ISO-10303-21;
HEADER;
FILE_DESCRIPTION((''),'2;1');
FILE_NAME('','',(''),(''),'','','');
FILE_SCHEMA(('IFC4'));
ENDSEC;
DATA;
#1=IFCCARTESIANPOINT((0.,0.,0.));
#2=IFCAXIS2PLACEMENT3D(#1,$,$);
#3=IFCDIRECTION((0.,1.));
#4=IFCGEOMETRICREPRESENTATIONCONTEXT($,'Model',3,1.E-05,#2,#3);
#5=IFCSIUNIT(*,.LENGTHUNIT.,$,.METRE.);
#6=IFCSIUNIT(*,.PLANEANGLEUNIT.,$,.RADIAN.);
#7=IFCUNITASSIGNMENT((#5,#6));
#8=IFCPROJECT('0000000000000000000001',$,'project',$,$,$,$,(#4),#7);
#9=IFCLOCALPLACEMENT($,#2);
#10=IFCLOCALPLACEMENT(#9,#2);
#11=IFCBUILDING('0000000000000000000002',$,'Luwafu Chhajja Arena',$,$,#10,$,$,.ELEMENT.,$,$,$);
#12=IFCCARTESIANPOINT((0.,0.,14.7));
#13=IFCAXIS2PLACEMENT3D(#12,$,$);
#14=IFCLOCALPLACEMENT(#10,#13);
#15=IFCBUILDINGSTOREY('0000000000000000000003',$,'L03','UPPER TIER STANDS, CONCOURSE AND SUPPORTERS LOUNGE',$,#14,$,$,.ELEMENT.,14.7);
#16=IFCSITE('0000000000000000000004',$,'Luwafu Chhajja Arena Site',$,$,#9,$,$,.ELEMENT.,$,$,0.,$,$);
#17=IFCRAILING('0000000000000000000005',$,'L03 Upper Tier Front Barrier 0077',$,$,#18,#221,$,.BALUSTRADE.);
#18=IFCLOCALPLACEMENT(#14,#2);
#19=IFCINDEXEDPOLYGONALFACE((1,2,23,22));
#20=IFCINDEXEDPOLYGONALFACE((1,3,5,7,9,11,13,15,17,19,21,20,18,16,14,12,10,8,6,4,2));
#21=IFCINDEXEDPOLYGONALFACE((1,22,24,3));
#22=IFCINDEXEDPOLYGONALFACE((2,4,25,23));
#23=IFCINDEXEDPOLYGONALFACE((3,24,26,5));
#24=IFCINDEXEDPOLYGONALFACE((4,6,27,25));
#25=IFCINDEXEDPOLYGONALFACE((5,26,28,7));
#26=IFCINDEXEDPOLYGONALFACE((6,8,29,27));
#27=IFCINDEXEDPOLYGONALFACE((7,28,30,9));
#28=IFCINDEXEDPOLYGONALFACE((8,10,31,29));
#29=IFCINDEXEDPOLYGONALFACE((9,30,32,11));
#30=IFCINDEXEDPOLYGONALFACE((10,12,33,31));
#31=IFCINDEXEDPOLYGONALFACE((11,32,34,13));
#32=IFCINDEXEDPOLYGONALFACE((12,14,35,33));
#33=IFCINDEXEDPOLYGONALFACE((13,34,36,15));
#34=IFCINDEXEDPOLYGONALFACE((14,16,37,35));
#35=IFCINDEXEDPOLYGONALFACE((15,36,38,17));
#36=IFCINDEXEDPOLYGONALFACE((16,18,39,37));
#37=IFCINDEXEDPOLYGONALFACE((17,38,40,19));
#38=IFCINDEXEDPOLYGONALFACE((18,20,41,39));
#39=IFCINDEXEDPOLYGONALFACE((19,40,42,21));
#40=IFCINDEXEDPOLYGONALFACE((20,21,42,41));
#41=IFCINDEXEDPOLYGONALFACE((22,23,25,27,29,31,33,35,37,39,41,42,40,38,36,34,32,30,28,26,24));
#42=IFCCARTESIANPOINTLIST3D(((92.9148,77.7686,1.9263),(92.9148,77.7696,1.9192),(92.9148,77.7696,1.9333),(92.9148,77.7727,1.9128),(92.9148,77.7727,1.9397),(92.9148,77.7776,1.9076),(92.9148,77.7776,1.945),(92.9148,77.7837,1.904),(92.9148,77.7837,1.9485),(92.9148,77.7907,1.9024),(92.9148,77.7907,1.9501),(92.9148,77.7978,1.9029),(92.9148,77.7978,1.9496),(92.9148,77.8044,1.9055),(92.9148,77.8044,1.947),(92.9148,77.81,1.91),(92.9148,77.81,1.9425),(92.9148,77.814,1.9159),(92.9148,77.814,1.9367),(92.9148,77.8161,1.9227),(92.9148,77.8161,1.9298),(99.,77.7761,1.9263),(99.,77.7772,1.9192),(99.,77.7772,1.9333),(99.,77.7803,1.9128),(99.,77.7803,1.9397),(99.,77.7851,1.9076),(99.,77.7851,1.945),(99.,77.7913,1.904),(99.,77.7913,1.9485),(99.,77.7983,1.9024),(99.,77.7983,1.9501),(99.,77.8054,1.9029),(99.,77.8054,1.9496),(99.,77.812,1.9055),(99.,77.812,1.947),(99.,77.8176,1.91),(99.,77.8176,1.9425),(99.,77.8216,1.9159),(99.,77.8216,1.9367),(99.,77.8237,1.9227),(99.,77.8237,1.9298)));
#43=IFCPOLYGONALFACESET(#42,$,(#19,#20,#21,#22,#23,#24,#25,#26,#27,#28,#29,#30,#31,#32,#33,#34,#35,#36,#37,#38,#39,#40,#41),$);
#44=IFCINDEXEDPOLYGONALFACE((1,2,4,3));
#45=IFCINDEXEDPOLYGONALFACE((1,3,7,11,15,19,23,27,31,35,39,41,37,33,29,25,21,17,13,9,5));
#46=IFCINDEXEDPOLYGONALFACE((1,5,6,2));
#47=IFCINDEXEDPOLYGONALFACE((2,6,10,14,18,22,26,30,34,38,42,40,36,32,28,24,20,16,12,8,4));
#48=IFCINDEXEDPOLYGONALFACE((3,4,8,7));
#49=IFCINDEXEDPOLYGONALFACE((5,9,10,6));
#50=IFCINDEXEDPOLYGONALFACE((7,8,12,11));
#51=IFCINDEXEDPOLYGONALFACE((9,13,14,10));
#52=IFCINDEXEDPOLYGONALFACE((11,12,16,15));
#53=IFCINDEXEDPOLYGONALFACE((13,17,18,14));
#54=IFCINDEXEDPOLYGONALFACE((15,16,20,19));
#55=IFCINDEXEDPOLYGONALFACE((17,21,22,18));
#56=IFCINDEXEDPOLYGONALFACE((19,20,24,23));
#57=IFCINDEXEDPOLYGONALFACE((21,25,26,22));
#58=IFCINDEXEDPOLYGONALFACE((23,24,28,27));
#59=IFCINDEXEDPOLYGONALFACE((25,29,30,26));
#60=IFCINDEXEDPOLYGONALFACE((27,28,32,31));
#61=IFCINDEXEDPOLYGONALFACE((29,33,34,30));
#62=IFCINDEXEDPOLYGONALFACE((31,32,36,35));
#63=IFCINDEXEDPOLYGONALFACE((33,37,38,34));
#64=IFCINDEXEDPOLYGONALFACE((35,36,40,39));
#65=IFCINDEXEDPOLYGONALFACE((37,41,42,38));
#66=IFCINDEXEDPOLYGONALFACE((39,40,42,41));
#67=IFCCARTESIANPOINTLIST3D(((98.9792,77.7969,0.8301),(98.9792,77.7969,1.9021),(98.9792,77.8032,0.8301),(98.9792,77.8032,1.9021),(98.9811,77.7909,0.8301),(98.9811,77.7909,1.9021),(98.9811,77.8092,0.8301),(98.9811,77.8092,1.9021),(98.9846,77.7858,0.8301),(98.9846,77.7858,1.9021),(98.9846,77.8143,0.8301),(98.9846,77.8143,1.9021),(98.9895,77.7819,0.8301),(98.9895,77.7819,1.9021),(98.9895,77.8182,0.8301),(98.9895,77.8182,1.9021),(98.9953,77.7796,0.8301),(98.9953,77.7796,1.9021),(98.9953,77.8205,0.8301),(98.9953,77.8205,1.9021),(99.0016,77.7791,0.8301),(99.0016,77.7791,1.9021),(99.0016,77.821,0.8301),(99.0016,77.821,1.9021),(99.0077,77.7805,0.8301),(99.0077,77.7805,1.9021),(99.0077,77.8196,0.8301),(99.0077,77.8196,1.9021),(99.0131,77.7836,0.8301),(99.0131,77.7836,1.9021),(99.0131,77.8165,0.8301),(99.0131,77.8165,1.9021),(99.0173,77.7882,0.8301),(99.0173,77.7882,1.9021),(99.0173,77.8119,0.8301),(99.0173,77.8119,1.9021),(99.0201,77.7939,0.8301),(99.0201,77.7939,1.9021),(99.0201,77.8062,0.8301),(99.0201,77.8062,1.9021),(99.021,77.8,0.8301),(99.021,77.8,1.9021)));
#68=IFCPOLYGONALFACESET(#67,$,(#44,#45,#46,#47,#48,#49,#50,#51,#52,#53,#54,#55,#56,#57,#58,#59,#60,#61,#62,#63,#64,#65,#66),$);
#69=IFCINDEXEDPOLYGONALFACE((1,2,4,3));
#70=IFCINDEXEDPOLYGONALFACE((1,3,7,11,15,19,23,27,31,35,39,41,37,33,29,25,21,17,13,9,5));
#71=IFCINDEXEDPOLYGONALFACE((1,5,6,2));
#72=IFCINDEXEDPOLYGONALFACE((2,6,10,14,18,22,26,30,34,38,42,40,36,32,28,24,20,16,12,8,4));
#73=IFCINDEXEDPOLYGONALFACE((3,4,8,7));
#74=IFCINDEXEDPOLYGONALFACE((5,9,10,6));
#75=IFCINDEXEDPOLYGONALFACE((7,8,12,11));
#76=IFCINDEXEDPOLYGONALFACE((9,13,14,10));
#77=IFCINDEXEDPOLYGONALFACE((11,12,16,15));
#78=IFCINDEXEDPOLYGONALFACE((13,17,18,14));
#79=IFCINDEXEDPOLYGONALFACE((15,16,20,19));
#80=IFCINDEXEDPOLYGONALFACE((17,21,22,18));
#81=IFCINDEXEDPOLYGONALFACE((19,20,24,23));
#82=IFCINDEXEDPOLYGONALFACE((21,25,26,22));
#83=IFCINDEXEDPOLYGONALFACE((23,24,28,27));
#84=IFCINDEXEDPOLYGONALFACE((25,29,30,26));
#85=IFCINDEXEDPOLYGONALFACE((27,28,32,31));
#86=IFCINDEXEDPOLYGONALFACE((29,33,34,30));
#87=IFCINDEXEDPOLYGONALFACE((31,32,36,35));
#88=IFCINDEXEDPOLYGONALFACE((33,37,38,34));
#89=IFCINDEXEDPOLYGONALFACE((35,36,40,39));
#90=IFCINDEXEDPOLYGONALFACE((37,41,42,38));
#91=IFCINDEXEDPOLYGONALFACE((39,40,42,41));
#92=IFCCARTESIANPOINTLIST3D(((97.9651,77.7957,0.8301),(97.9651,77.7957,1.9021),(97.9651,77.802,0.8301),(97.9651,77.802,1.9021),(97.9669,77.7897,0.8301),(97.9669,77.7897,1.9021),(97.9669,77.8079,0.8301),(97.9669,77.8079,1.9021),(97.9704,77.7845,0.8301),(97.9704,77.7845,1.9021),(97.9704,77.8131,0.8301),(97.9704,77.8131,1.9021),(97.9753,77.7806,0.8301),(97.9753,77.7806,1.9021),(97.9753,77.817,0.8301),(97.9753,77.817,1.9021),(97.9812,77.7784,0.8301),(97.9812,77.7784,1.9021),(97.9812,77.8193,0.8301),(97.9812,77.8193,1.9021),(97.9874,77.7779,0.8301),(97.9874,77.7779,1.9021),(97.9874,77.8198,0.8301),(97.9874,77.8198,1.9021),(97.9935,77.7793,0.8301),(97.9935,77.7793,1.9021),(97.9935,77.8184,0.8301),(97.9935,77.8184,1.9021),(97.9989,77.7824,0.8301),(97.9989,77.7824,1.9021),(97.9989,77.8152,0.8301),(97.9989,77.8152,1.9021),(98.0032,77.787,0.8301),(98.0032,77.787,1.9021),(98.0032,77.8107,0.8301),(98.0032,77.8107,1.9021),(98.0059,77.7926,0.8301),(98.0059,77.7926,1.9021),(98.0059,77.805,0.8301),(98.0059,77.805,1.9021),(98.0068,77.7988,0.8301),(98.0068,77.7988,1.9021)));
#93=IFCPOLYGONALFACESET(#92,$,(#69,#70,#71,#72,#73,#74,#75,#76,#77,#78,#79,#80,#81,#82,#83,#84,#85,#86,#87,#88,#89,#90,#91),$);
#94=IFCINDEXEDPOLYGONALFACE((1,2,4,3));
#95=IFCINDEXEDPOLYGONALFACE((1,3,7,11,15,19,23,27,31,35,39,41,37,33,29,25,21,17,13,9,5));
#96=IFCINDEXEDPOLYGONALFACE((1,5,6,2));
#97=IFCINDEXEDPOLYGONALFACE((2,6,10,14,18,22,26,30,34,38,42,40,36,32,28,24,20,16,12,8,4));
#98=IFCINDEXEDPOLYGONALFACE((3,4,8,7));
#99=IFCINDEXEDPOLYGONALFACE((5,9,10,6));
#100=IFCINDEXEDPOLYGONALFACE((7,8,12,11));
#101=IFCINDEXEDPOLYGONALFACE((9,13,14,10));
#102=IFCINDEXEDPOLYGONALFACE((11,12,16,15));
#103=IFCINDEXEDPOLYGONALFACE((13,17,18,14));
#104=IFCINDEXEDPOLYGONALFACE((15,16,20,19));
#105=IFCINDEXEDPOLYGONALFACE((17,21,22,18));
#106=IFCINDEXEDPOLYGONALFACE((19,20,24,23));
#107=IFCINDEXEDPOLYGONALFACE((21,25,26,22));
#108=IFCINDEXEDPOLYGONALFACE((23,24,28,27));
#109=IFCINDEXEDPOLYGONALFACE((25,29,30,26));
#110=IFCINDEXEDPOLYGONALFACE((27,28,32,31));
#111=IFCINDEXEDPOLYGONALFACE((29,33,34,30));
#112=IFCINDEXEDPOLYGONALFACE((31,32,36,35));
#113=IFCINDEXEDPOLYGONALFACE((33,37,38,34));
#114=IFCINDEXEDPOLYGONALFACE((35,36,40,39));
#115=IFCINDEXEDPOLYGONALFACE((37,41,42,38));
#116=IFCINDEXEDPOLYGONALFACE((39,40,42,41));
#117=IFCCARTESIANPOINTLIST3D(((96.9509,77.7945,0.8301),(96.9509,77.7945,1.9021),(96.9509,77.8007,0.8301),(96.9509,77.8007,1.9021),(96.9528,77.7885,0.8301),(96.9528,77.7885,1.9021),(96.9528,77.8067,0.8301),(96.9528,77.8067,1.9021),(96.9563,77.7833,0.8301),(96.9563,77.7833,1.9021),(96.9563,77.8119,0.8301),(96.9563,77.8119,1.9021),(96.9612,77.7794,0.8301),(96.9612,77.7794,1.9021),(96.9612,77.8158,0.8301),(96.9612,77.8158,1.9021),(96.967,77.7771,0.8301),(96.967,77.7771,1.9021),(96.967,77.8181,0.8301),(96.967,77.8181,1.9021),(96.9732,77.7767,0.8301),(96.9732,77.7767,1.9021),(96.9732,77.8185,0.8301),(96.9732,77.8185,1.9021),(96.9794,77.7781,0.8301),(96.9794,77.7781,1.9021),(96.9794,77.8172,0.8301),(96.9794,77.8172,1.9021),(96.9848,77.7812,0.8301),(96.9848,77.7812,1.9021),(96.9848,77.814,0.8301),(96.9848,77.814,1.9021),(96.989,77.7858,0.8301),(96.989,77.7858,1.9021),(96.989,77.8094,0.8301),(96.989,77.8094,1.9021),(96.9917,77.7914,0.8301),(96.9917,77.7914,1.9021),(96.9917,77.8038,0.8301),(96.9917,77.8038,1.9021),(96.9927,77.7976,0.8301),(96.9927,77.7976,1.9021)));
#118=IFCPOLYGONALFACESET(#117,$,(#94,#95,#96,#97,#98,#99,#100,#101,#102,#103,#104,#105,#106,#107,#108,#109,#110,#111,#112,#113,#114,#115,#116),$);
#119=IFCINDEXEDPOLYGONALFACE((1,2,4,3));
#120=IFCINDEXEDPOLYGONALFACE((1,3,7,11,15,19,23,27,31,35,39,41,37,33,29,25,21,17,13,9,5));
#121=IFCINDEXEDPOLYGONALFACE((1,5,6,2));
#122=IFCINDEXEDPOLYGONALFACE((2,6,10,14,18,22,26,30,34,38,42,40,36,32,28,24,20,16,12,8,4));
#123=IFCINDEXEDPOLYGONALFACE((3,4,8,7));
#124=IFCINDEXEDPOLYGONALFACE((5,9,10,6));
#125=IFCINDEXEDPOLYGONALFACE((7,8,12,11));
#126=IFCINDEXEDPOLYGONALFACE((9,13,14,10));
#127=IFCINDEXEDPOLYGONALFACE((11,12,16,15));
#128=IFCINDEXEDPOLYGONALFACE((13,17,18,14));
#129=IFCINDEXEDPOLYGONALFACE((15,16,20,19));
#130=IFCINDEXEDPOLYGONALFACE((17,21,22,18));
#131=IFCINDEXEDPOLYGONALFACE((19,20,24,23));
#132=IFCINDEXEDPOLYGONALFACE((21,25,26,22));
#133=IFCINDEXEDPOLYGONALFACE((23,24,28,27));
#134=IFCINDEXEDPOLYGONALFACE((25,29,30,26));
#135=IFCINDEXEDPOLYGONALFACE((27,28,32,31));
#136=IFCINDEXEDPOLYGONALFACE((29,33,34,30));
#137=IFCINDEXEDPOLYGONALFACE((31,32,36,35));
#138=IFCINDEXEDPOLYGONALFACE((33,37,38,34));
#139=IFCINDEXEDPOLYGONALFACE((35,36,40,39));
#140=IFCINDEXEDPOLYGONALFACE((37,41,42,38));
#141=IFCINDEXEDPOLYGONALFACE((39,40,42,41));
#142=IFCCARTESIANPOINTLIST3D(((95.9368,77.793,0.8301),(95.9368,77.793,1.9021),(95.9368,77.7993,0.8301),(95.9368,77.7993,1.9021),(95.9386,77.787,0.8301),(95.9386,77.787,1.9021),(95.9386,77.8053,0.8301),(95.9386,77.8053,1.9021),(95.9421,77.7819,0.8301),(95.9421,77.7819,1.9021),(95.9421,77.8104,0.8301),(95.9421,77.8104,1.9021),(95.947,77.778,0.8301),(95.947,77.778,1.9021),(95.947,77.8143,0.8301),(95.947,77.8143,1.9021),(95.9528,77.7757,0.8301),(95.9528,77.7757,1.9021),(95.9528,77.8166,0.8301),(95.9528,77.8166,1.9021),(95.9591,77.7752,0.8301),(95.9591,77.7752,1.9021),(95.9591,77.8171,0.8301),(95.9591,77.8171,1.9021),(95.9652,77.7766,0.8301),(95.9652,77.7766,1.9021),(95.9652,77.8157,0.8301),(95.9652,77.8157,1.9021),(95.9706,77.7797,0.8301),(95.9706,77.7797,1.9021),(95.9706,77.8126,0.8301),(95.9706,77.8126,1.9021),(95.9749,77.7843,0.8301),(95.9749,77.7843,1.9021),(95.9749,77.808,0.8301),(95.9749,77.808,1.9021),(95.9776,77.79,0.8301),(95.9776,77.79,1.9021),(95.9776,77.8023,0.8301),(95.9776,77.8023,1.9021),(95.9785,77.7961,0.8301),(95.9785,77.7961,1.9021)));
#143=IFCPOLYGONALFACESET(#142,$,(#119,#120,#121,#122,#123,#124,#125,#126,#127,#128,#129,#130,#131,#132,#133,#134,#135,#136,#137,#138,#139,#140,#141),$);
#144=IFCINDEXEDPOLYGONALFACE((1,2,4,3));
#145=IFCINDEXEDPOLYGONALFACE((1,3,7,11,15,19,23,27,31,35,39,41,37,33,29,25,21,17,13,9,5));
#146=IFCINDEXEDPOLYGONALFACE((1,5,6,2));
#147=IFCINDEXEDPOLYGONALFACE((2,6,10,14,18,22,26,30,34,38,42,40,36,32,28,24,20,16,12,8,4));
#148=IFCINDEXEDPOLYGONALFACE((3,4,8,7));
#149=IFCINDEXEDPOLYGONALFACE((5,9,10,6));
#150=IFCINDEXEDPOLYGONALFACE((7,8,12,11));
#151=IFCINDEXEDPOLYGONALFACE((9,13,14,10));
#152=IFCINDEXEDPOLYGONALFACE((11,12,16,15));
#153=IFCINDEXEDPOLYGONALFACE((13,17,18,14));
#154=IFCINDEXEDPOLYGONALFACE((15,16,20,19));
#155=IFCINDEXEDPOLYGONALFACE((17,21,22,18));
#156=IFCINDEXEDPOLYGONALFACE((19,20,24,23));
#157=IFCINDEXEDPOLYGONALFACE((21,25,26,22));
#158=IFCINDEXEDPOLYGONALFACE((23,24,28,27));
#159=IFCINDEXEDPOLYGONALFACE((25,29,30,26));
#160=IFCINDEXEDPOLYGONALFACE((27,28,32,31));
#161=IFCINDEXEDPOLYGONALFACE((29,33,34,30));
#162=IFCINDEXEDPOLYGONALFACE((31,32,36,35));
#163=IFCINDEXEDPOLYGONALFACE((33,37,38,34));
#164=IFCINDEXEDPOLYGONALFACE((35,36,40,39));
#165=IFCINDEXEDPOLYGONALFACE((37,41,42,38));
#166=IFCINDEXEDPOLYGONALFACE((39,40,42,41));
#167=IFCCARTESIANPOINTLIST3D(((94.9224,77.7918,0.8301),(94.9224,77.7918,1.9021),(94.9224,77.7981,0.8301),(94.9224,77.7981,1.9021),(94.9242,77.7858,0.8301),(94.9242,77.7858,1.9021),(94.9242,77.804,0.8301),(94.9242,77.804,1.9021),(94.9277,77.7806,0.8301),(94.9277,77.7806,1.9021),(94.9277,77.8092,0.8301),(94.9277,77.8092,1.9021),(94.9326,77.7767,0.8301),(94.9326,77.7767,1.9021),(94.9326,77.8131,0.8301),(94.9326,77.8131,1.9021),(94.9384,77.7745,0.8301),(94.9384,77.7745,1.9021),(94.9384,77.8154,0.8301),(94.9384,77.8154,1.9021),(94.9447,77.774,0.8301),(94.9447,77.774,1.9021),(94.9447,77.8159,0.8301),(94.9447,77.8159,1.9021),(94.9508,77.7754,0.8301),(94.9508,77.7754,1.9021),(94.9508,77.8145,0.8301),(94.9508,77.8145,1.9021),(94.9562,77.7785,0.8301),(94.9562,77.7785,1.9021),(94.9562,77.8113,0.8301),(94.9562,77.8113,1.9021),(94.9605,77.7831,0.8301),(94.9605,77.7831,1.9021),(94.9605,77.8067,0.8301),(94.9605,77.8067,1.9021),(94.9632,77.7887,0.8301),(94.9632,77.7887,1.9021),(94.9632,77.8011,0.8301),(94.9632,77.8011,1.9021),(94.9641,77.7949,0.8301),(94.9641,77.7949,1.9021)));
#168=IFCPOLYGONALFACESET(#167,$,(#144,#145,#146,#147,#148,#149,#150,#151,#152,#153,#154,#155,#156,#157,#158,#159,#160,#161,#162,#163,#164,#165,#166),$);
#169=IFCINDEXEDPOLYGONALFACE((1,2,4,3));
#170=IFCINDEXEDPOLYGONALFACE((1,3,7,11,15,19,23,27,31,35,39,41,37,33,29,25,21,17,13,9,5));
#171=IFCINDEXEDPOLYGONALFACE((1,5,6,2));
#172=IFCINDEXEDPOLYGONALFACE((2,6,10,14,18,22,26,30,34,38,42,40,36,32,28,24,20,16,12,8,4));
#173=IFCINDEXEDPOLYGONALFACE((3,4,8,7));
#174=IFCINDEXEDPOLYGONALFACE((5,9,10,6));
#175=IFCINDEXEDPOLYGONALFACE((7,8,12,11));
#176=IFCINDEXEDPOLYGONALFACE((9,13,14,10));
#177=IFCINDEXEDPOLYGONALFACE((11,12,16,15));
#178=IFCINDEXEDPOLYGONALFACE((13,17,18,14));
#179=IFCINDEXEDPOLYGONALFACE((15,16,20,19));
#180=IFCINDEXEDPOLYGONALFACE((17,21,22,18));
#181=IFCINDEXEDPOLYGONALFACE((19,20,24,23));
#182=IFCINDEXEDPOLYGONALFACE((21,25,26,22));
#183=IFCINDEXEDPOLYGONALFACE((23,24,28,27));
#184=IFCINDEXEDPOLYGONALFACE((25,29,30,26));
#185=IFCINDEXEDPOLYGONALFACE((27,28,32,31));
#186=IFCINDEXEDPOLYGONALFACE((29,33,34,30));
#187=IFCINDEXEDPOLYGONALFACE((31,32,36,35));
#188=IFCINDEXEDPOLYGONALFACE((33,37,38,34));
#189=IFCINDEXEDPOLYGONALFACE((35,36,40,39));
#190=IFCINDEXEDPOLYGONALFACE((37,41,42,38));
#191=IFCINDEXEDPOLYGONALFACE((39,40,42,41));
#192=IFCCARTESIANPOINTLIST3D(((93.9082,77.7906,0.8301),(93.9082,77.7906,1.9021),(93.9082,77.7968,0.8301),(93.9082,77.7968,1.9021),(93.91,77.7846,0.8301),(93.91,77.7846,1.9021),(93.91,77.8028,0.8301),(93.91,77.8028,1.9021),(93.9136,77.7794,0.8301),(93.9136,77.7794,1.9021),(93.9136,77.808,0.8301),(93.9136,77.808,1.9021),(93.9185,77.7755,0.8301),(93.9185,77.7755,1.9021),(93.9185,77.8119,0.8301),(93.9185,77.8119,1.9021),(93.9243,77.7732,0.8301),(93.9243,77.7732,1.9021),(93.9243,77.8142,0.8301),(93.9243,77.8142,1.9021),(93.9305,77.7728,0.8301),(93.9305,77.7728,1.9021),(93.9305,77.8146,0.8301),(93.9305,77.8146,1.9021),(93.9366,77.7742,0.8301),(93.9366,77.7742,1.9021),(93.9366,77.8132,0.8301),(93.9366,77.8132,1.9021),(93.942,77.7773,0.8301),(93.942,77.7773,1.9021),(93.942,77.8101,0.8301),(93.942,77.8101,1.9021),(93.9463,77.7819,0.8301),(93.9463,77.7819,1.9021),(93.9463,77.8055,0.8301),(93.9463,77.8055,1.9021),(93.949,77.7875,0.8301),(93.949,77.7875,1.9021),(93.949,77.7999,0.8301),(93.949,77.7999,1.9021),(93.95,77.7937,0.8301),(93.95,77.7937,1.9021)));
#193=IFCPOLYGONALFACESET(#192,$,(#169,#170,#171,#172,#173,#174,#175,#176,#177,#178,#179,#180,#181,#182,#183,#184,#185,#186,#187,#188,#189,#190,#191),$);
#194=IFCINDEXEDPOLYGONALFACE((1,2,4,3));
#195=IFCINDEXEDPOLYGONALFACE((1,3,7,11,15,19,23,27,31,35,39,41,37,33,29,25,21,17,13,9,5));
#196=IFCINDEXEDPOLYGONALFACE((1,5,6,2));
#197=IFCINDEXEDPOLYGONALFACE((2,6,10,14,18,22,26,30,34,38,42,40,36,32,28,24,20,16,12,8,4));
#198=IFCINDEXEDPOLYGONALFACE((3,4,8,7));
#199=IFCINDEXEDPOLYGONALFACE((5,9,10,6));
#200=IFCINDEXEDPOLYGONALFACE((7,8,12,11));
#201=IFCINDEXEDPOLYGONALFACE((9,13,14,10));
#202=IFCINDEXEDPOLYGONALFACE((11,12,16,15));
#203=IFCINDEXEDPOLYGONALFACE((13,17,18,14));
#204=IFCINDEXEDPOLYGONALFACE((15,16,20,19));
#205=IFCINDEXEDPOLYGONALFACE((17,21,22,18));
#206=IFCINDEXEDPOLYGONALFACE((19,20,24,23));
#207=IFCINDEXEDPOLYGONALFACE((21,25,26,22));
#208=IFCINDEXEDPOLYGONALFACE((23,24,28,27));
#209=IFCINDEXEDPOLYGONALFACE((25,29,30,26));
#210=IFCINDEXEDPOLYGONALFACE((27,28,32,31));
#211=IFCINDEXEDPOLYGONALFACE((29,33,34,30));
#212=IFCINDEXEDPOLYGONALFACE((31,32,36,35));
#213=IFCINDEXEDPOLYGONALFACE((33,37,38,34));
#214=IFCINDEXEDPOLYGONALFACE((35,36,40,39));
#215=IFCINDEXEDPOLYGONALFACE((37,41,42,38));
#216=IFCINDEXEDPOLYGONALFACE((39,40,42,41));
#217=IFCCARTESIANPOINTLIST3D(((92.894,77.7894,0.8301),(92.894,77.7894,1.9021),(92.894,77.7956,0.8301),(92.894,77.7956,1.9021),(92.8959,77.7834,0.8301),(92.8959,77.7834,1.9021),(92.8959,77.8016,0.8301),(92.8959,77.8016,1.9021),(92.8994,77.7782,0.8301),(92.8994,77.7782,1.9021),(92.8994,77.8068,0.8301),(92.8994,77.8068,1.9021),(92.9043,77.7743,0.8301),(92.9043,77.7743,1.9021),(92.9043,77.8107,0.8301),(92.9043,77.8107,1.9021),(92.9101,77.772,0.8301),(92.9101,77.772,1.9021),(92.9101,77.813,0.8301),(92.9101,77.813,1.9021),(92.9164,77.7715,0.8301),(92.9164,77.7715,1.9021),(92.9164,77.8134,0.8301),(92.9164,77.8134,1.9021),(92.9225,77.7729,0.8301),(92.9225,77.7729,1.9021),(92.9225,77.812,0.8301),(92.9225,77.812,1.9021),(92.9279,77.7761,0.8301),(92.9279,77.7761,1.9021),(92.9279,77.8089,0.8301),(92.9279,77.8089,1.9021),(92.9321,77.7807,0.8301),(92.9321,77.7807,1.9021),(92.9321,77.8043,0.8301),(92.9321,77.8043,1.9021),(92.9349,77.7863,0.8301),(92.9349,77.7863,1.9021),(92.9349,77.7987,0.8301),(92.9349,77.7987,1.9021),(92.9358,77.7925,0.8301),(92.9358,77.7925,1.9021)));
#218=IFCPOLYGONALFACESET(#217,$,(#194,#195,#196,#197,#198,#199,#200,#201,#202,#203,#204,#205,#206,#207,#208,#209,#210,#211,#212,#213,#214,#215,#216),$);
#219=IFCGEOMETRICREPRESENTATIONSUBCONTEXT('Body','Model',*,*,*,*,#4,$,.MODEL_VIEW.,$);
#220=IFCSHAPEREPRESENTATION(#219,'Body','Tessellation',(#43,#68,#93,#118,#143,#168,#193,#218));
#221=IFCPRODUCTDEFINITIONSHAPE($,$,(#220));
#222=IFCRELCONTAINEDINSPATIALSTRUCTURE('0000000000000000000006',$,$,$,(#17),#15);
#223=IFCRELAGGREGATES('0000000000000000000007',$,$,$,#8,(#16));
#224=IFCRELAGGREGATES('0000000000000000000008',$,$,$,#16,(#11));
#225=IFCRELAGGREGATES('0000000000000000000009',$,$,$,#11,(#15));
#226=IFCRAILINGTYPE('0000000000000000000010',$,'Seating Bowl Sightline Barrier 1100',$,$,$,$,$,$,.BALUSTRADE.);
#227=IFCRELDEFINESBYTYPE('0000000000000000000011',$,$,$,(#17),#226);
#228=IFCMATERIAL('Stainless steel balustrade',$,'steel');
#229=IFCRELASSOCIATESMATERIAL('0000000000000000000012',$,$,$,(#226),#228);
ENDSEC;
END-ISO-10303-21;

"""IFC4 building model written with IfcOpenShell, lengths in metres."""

from ifc_helpers import new_model, si_unit, direction, frame, origin, origin_2d, place, context, subcontext, project, spatial, circle, extrude, material, type_object, element, save


model = new_model("IFC4")

# Units and contexts
model_context = context("Model", 3, precision=1e-05, world=origin(), true_north=direction((0.0, 1.0)))
body_context = subcontext(model_context, "Body", "Model", "MODEL_VIEW")
ifc_project = project(units=[si_unit("LENGTHUNIT", "METRE"), si_unit("PLANEANGLEUNIT", "RADIAN")], contexts=[model_context])

# Site, building, storey
site_placement = place(None, origin())
site = spatial("IfcSite", under=ifc_project, at=site_placement, Name="Luwafu Chhajja Arena Site", CompositionType="ELEMENT", RefElevation=0.0)
building_placement = place(site_placement, origin())
building = spatial("IfcBuilding", under=site, at=building_placement, Name="Luwafu Chhajja Arena", CompositionType="ELEMENT")
storey_placement = place(building_placement, frame((0.0, 0.0, 14.7)))
storey = spatial("IfcBuildingStorey", under=building, at=storey_placement, Name="L03", Description="UPPER TIER STANDS, CONCOURSE AND SUPPORTERS LOUNGE", CompositionType="ELEMENT", Elevation=14.7)

# Railing
ifc_material_1 = material(Name="Stainless steel balustrade", Category="steel")
railing_type = type_object("IfcRailingType", Name="Seating Bowl Sightline Barrier 1100", PredefinedType="BALUSTRADE", material=ifc_material_1)
railing_1_placement = place(storey_placement, frame((99.0, 77.8, 0.8301)))
element("IfcRailing", 1, at=railing_1_placement, inside=storey, type_object=railing_type, Name="L03 Upper Tier Front Barrier 0077", PredefinedType="BALUSTRADE", context=body_context, shape_type="SweptSolid", body=[
    extrude(circle(Radius=0.0239, at=origin_2d()), frame((0.0, 0.0, 1.0962), z_axis=(-0.999999, -0.001244, 0.0), x_axis=(0.001244, -0.999999, 0.0)), (0.0, 0.0, 1.0), 6.0852),
    extrude(circle(Radius=0.021, at=origin_2d()), origin(), (0.0, 0.0, 1.0), 1.072),
    extrude(circle(Radius=0.021, at=origin_2d()), frame((-1.0142, -0.0012, 0.0)), (0.0, 0.0, 1.0), 1.072),
    extrude(circle(Radius=0.021, at=origin_2d()), frame((-2.0283, -0.0024, 0.0)), (0.0, 0.0, 1.0), 1.072),
    extrude(circle(Radius=0.021, at=origin_2d()), frame((-3.0425, -0.0039, 0.0)), (0.0, 0.0, 1.0), 1.072),
    extrude(circle(Radius=0.021, at=origin_2d()), frame((-4.0569, -0.0051, 0.0)), (0.0, 0.0, 1.0), 1.072),
    extrude(circle(Radius=0.021, at=origin_2d()), frame((-5.071, -0.0063, 0.0)), (0.0, 0.0, 1.0), 1.072),
    extrude(circle(Radius=0.021, at=origin_2d()), frame((-6.0852, -0.0076, 0.0)), (0.0, 0.0, 1.0), 1.072),
])

save(model, "model.ifc")
